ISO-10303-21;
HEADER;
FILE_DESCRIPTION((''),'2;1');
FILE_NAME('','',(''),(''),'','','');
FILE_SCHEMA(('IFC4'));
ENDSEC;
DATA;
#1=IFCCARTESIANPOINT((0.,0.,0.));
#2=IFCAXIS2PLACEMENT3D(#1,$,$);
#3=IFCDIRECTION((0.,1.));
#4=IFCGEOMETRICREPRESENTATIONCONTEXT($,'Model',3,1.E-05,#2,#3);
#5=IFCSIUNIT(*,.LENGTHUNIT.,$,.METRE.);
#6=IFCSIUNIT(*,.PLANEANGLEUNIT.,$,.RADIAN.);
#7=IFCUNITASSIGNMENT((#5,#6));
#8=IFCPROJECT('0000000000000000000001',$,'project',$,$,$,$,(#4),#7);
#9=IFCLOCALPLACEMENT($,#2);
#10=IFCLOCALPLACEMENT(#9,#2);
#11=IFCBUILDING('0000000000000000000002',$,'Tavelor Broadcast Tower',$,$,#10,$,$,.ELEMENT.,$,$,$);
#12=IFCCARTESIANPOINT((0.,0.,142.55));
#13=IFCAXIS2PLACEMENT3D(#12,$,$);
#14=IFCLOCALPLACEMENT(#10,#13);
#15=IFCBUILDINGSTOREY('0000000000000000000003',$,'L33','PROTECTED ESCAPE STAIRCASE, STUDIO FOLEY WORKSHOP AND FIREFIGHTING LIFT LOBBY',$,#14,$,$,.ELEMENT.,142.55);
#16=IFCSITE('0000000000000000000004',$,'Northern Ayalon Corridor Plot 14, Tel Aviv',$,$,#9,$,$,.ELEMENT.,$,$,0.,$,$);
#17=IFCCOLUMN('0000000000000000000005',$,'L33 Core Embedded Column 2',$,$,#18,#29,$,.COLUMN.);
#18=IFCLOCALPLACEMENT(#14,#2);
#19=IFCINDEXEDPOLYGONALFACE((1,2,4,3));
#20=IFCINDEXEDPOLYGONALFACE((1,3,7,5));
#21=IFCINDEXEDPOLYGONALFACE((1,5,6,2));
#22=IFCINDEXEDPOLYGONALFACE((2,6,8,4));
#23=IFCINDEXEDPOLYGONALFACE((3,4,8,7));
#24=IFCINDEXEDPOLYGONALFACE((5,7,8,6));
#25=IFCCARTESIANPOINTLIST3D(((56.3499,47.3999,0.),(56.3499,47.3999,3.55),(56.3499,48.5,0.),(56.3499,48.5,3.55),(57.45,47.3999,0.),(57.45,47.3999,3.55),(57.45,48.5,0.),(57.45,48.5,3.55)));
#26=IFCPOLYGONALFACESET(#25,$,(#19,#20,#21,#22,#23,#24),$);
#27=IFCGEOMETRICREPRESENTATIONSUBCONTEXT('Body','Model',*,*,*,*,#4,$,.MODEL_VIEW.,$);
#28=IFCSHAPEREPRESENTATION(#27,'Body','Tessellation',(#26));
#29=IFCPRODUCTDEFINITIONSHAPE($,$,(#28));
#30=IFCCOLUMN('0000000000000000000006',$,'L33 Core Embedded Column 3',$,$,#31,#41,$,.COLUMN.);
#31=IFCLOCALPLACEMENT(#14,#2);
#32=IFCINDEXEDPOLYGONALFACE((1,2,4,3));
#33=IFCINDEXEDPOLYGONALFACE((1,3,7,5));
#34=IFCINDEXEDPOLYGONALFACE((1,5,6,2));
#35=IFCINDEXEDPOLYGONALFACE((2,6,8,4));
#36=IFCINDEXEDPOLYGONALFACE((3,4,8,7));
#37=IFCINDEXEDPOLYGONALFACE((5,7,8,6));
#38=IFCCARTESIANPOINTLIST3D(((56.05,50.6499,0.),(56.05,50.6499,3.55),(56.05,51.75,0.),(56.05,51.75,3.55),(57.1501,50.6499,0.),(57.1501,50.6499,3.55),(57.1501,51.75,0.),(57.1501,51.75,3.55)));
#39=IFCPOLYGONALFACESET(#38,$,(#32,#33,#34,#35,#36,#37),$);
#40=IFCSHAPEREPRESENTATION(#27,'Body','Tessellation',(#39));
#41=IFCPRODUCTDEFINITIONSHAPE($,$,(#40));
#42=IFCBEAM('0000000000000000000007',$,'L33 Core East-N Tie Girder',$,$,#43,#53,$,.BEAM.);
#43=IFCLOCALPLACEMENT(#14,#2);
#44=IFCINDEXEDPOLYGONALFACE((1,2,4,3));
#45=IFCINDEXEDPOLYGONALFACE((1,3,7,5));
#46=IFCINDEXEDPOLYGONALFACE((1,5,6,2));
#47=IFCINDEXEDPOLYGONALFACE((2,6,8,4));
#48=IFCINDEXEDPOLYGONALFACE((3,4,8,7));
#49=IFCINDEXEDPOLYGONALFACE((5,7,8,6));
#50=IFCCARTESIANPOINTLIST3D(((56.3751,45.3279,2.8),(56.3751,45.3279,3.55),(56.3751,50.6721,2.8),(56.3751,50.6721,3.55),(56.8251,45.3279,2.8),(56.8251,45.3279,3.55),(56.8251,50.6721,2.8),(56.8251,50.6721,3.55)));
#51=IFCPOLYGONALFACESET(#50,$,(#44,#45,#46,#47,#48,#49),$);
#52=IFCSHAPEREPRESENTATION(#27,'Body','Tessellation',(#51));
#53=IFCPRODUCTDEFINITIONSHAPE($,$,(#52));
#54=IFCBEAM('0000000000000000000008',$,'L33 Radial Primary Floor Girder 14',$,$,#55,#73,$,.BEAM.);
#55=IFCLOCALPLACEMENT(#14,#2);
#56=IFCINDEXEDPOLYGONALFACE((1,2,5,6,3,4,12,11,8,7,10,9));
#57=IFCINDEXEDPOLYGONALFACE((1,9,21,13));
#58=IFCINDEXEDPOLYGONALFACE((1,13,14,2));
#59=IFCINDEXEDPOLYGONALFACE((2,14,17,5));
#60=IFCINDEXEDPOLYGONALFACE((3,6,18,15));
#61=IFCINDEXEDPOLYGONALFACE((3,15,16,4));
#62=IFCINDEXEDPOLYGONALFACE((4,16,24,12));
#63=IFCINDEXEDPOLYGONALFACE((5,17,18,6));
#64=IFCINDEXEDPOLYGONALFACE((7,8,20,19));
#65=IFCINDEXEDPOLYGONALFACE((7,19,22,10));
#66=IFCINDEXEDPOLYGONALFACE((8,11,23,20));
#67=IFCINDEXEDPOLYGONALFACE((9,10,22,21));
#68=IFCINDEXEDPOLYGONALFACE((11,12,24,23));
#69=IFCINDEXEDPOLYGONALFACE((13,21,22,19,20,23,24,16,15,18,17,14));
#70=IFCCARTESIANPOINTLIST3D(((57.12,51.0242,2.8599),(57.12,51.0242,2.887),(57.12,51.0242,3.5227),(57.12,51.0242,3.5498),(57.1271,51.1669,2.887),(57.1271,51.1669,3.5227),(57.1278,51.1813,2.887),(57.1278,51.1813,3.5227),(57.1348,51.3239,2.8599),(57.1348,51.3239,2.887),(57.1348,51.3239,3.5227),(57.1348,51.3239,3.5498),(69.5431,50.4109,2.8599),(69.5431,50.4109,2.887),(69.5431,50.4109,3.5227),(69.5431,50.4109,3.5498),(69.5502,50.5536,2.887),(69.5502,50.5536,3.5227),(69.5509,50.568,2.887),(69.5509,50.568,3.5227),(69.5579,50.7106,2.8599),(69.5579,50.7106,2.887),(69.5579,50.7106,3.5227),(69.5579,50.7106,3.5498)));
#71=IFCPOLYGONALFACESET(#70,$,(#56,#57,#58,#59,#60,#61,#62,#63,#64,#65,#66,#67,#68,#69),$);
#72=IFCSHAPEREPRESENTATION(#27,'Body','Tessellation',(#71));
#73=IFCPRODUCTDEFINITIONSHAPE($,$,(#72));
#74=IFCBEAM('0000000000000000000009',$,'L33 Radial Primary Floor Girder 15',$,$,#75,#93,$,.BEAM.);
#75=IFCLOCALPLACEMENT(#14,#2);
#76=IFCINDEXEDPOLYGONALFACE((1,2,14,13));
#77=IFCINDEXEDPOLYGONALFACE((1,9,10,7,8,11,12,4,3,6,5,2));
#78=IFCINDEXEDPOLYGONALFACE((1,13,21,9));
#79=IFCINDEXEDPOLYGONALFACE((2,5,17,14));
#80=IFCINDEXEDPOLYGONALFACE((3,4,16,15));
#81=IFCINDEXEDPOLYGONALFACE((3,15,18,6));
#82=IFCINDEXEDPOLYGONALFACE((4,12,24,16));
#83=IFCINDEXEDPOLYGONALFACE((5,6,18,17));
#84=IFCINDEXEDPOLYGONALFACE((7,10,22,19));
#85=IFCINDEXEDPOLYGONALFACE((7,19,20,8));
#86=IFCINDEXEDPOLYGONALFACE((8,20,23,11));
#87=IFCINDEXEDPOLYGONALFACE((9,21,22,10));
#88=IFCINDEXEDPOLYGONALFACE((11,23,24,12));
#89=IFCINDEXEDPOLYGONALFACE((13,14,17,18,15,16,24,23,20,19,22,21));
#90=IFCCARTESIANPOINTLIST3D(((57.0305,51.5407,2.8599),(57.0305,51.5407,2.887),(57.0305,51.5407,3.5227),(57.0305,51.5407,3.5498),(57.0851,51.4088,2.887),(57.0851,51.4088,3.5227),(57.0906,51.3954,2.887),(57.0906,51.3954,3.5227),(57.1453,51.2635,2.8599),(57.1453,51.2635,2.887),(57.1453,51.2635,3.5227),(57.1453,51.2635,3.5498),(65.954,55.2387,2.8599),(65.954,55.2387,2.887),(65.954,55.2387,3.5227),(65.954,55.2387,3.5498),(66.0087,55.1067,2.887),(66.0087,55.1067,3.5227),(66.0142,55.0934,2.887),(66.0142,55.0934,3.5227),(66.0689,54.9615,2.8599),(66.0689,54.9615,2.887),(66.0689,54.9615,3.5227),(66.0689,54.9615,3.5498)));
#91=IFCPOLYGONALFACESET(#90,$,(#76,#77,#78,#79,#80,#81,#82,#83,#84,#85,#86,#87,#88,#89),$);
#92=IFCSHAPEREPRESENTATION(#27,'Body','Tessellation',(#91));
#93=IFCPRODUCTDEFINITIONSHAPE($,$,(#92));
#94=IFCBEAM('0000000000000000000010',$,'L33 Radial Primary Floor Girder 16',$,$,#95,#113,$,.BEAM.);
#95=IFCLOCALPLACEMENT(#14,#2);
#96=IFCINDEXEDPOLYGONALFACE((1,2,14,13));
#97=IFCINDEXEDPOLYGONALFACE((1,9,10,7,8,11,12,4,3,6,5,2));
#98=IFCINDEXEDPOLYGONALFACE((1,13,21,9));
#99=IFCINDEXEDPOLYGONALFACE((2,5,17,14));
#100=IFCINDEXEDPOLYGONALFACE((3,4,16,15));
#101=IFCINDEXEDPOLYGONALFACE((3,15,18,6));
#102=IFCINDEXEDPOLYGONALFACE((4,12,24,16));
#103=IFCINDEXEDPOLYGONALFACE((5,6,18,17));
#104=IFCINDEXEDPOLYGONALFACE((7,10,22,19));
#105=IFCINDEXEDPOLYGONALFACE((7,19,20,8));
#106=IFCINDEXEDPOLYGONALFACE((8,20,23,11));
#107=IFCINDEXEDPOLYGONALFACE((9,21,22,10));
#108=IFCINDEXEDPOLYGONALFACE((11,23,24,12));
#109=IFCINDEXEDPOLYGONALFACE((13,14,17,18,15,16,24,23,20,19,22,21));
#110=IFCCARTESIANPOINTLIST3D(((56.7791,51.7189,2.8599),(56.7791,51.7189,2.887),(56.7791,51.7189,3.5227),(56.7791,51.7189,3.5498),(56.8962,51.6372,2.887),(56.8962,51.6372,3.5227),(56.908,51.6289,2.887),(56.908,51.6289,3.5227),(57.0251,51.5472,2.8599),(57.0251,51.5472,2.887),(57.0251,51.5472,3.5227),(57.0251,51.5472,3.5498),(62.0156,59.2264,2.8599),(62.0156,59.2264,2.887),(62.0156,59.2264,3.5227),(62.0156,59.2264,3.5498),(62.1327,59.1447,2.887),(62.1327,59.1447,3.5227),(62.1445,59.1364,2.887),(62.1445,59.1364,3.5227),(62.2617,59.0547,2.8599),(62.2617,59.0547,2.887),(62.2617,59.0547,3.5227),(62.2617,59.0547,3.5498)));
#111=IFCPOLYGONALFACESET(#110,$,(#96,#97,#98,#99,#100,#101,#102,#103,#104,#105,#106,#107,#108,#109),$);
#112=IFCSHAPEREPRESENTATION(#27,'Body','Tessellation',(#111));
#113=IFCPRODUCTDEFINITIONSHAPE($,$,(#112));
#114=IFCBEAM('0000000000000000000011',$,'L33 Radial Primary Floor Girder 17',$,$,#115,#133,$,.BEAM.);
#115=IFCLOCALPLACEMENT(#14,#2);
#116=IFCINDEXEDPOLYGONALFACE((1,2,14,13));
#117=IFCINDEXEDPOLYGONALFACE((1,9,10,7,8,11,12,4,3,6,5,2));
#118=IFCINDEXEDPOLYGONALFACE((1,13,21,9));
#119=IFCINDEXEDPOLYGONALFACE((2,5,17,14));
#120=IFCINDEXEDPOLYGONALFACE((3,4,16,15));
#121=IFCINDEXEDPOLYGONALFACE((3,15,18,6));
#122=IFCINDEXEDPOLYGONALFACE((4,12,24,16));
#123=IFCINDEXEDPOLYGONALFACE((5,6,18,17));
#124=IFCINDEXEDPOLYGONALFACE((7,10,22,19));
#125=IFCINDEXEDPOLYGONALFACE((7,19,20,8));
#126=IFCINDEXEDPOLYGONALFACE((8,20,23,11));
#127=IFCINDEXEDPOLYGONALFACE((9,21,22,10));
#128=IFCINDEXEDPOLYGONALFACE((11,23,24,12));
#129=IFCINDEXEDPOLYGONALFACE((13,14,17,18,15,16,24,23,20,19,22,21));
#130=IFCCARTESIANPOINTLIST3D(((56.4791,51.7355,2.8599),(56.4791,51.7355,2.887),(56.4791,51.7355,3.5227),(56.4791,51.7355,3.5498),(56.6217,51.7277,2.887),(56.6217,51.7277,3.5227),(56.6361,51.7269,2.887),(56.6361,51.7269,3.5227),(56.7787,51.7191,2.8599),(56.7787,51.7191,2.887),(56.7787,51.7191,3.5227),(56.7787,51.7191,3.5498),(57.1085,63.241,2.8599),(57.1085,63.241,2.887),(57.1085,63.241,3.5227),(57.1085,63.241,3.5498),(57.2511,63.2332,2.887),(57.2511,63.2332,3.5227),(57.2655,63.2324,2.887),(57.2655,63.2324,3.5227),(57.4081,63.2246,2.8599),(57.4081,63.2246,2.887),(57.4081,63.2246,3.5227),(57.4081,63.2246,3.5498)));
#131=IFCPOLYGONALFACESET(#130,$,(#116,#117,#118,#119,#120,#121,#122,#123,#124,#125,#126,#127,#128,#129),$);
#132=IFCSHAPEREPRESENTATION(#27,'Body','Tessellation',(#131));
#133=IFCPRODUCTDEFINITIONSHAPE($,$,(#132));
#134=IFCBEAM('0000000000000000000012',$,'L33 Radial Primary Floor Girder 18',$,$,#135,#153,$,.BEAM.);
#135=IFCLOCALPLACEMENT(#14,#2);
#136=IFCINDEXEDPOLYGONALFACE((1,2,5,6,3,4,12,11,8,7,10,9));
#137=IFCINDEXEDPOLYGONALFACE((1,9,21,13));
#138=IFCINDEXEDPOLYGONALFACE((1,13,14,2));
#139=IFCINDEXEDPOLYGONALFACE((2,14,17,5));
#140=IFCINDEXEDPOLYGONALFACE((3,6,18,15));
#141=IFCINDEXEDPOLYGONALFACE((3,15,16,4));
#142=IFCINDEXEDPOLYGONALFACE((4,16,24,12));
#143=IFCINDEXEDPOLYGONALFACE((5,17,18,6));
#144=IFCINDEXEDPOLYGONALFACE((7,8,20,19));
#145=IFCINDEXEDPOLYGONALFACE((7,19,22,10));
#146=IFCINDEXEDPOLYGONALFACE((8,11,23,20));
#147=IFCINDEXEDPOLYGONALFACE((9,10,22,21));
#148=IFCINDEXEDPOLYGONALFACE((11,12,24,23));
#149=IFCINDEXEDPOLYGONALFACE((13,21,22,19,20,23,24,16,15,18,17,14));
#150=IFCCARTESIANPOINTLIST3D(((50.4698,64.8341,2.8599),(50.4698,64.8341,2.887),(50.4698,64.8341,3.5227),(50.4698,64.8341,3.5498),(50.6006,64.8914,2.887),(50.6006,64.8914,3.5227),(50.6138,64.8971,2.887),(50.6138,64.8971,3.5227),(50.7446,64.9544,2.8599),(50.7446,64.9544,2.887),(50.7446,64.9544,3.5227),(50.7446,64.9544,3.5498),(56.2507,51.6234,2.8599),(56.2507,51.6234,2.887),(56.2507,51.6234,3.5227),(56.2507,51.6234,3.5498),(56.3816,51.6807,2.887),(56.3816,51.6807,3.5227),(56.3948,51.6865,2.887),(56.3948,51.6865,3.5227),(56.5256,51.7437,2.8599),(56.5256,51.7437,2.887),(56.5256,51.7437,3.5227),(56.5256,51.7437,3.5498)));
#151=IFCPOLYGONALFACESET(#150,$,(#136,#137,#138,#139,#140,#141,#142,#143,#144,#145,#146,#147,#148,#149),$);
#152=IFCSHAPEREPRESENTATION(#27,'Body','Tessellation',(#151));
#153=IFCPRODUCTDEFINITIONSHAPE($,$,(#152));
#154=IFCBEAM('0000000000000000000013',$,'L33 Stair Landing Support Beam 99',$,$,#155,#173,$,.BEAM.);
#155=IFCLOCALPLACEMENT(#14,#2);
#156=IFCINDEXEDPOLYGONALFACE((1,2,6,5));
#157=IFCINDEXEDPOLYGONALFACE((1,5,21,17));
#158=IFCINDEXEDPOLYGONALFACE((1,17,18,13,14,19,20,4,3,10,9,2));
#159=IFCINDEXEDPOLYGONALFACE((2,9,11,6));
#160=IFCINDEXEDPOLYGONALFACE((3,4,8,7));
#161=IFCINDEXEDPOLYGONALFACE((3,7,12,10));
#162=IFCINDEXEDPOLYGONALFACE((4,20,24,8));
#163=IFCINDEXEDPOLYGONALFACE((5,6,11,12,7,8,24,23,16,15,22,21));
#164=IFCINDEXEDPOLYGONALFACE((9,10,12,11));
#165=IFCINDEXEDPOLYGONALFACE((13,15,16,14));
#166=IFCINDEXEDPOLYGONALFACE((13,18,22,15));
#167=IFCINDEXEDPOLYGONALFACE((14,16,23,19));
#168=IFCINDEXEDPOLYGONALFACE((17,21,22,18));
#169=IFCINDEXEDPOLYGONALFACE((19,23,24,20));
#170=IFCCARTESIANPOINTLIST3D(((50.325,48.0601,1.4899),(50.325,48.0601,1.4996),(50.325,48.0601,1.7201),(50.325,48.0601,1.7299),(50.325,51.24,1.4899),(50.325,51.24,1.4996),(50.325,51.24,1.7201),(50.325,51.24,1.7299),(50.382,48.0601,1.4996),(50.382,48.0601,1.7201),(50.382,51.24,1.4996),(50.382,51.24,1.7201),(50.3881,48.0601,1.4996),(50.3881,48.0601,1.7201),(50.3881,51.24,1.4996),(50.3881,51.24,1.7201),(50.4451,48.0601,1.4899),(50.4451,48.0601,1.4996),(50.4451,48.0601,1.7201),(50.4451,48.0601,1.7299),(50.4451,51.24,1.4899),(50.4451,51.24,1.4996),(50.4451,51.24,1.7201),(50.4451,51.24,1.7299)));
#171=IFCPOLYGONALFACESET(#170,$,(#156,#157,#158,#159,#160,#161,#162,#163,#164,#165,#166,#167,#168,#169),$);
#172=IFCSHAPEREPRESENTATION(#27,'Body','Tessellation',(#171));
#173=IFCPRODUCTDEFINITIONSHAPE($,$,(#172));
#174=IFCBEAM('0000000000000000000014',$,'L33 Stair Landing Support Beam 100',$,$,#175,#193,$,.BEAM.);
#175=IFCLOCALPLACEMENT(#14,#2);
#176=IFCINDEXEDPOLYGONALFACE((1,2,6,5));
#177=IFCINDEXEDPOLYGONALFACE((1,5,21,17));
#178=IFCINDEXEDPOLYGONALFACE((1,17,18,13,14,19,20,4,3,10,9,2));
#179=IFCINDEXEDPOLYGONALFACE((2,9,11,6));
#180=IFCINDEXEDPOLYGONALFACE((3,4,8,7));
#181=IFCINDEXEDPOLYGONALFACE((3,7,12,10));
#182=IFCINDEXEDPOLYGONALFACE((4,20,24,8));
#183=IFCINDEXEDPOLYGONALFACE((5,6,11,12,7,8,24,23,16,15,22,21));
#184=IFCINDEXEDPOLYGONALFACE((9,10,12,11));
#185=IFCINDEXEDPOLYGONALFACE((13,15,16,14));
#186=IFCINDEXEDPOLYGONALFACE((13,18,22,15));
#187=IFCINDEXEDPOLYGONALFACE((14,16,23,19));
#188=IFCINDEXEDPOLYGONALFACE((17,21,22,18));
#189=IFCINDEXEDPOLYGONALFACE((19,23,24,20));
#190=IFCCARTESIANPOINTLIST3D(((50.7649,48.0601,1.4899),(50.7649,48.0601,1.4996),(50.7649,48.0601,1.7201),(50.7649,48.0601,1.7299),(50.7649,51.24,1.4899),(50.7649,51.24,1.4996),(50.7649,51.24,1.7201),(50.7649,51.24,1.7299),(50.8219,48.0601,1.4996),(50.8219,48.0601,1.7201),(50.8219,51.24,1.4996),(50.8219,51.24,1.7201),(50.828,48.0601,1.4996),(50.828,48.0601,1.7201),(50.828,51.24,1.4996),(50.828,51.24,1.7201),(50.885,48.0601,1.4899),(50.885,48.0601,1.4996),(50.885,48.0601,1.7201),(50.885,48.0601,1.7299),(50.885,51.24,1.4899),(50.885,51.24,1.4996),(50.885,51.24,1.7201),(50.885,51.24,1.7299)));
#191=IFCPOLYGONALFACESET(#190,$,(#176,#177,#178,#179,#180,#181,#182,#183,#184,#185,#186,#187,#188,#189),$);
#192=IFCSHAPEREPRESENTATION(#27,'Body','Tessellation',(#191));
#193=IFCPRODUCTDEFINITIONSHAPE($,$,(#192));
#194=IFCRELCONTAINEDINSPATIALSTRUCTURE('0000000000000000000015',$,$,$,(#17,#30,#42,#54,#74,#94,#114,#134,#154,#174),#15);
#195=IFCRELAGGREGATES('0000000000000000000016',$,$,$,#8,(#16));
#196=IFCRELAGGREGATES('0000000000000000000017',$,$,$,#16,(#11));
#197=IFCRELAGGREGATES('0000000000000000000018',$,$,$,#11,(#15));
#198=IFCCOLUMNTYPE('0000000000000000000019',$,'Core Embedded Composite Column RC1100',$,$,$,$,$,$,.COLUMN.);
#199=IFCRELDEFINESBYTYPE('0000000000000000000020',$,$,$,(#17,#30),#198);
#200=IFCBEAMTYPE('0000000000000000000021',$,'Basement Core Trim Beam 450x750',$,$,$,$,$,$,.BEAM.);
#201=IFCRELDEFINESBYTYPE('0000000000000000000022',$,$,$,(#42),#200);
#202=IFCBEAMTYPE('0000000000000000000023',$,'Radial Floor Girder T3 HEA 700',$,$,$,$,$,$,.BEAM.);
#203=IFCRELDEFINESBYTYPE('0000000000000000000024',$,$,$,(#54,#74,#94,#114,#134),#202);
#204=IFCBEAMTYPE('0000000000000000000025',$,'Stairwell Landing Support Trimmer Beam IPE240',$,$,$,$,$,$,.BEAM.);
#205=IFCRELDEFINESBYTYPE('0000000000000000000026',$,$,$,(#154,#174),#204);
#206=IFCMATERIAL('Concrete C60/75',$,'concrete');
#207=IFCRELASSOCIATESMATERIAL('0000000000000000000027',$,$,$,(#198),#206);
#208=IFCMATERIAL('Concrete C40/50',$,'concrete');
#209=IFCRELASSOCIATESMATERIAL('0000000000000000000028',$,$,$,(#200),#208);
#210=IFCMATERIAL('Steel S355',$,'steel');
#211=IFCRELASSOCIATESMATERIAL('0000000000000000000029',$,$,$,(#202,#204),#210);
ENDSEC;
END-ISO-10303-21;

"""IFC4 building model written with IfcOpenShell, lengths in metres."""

from ifc_helpers import new_model, si_unit, direction, frame, origin, origin_2d, place, context, subcontext, project, spatial, rectangle, i_section, extrude, material, material_profile, profile_set, type_object, element, save


model = new_model("IFC4")

# Units and contexts
model_context = context("Model", 3, precision=1e-05, world=origin(), true_north=direction((0.0, 1.0)))
body_context = subcontext(model_context, "Body", "Model", "MODEL_VIEW")
ifc_project = project(units=[si_unit("LENGTHUNIT", "METRE"), si_unit("PLANEANGLEUNIT", "RADIAN")], contexts=[model_context])

# Site, building, storey
site_placement = place(None, origin())
site = spatial("IfcSite", under=ifc_project, at=site_placement, Name="Northern Ayalon Corridor Plot 14, Tel Aviv", CompositionType="ELEMENT", RefElevation=0.0)
building_placement = place(site_placement, origin())
building = spatial("IfcBuilding", under=site, at=building_placement, Name="Tavelor Broadcast Tower", CompositionType="ELEMENT")
storey_placement = place(building_placement, frame((0.0, 0.0, 142.55)))
storey = spatial("IfcBuildingStorey", under=building, at=storey_placement, Name="L33", Description="PROTECTED ESCAPE STAIRCASE, STUDIO FOLEY WORKSHOP AND FIREFIGHTING LIFT LOBBY", CompositionType="ELEMENT", Elevation=142.55)

# Columns
ifc_material_1 = material(Name="Concrete C60/75", Category="concrete")
ifc_material_profile_1 = material_profile(ifc_material_1, rectangle(XDim=1.1001, YDim=1.1001, at=origin_2d()), Name="RC 1100x1100")
ifc_profile_set_1 = profile_set([ifc_material_profile_1], Name="Concrete C60/75")
column_type = type_object("IfcColumnType", Name="Core Embedded Composite Column RC1100", PredefinedType="COLUMN", material=ifc_profile_set_1)
for number, where, z_axis, x_axis, name in (
    (1, (56.8999, 47.95, 0.0), (0.0, 0.0, 1.0), (1.0, 0.0, 0.0), "L33 Core Embedded Column 2"),
    (2, (56.6001, 51.2, 0.0), (0.0, 0.0, 1.0), (1.0, 0.0, 0.0), "L33 Core Embedded Column 3"),
):
    element("IfcColumn", number, at=place(storey_placement, frame(where, z_axis=z_axis, x_axis=x_axis)), inside=storey, type_object=column_type, Name=name, PredefinedType="COLUMN", context=body_context, shape_type="SweptSolid", body=[
        extrude(rectangle(XDim=1.1001, YDim=1.1001, at=origin_2d()), origin(), (0.0, 0.0, 1.0), 3.55),
    ])

# Beams
ifc_material_2 = material(Name="Concrete C40/50", Category="concrete")
ifc_material_profile_2 = material_profile(ifc_material_2, rectangle(XDim=0.45, YDim=0.75, at=origin_2d()), Name="RC 450x750")
ifc_profile_set_2 = profile_set([ifc_material_profile_2], Name="Concrete C40/50")
beam_type_1 = type_object("IfcBeamType", Name="Basement Core Trim Beam 450x750", PredefinedType="BEAM", material=ifc_profile_set_2)
beam_1_placement = place(storey_placement, frame((56.6001, 45.3279, 3.175), z_axis=(0.0, 1.0, 0.0), x_axis=(-1.0, 0.0, 0.0)))
element("IfcBeam", 3, at=beam_1_placement, inside=storey, type_object=beam_type_1, Name="L33 Core East-N Tie Girder", PredefinedType="BEAM", context=body_context, shape_type="SweptSolid", body=[
    extrude(rectangle(XDim=0.45, YDim=0.75, at=origin_2d()), origin(), (0.0, 0.0, 1.0), 5.3442),
])
ifc_material_3 = material(Name="Steel S355", Category="steel")
ifc_material_profile_3 = material_profile(ifc_material_3, i_section(OverallWidth=0.3, OverallDepth=0.6899, WebThickness=0.0144, FlangeThickness=0.0271, at=origin_2d()), Name="HEA 700")
ifc_profile_set_3 = profile_set([ifc_material_profile_3], Name="Steel S355")
beam_type_2 = type_object("IfcBeamType", Name="Radial Floor Girder T3 HEA 700", PredefinedType="BEAM", material=ifc_profile_set_3)
beam_2_placement = place(storey_placement, frame((57.1274, 51.1741, 3.2048), z_axis=(0.998784, -0.049306, 0.0), x_axis=(0.049306, 0.998784, 0.0)))
element("IfcBeam", 4, at=beam_2_placement, inside=storey, type_object=beam_type_2, Name="L33 Radial Primary Floor Girder 14", PredefinedType="BEAM", context=body_context, shape_type="SweptSolid", body=[
    extrude(i_section(OverallWidth=0.3, OverallDepth=0.6899, WebThickness=0.0144, FlangeThickness=0.0271, at=origin_2d()), origin(), (0.0, 0.0, 1.0), 12.4382),
])
beam_3_placement = place(storey_placement, frame((57.0879, 51.4021, 3.2048), z_axis=(0.923816, 0.382836, 0.0), x_axis=(-0.382836, 0.923816, 0.0)))
element("IfcBeam", 5, at=beam_3_placement, inside=storey, type_object=beam_type_2, Name="L33 Radial Primary Floor Girder 15", PredefinedType="BEAM", context=body_context, shape_type="SweptSolid", body=[
    extrude(i_section(OverallWidth=0.3, OverallDepth=0.6899, WebThickness=0.0144, FlangeThickness=0.0271, at=origin_2d()), origin(), (0.0, 0.0, 1.0), 9.6594),
])
beam_4_placement = place(storey_placement, frame((56.9021, 51.6331, 3.2048), z_axis=(0.572089, 0.820192, 0.0), x_axis=(-0.820192, 0.572089, 0.0)))
element("IfcBeam", 6, at=beam_4_placement, inside=storey, type_object=beam_type_2, Name="L33 Radial Primary Floor Girder 16", PredefinedType="BEAM", context=body_context, shape_type="SweptSolid", body=[
    extrude(i_section(OverallWidth=0.3, OverallDepth=0.6899, WebThickness=0.0144, FlangeThickness=0.0271, at=origin_2d()), origin(), (0.0, 0.0, 1.0), 9.1533),
])
beam_5_placement = place(storey_placement, frame((56.6289, 51.7273, 3.2048), z_axis=(0.054622, 0.998507, 0.0), x_axis=(-0.998507, 0.054622, 0.0)))
element("IfcBeam", 7, at=beam_5_placement, inside=storey, type_object=beam_type_2, Name="L33 Radial Primary Floor Girder 17", PredefinedType="BEAM", context=body_context, shape_type="SweptSolid", body=[
    extrude(i_section(OverallWidth=0.3, OverallDepth=0.6899, WebThickness=0.0144, FlangeThickness=0.0271, at=origin_2d()), origin(), (0.0, 0.0, 1.0), 11.5227),
])
beam_6_placement = place(storey_placement, frame((56.3882, 51.6836, 3.2048), z_axis=(-0.400896, 0.916124, 0.0), x_axis=(-0.916124, -0.400896, 0.0)))
element("IfcBeam", 8, at=beam_6_placement, inside=storey, type_object=beam_type_2, Name="L33 Radial Primary Floor Girder 18", PredefinedType="BEAM", context=body_context, shape_type="SweptSolid", body=[
    extrude(i_section(OverallWidth=0.3, OverallDepth=0.6899, WebThickness=0.0144, FlangeThickness=0.0271, at=origin_2d()), origin(), (0.0, 0.0, 1.0), 14.4202),
])
ifc_material_profile_4 = material_profile(ifc_material_3, i_section(OverallWidth=0.1201, OverallDepth=0.24, WebThickness=0.0061, FlangeThickness=0.0098, at=origin_2d()), Name="IPE 240")
ifc_profile_set_4 = profile_set([ifc_material_profile_4], Name="Steel S355")
beam_type_3 = type_object("IfcBeamType", Name="Stairwell Landing Support Trimmer Beam IPE240", PredefinedType="BEAM", material=ifc_profile_set_4)
for number, where, z_axis, x_axis, name in (
    (9, (50.385, 48.0601, 1.6099), (0.0, 1.0, 0.0), (-1.0, 0.0, 0.0), "L33 Stair Landing Support Beam 99"),
    (10, (50.825, 48.0601, 1.6099), (0.0, 1.0, 0.0), (-1.0, 0.0, 0.0), "L33 Stair Landing Support Beam 100"),
):
    element("IfcBeam", number, at=place(storey_placement, frame(where, z_axis=z_axis, x_axis=x_axis)), inside=storey, type_object=beam_type_3, Name=name, PredefinedType="BEAM", context=body_context, shape_type="SweptSolid", body=[
        extrude(i_section(OverallWidth=0.1201, OverallDepth=0.24, WebThickness=0.0061, FlangeThickness=0.0098, at=origin_2d()), origin(), (0.0, 0.0, 1.0), 3.1799),
    ])

save(model, "model.ifc")
